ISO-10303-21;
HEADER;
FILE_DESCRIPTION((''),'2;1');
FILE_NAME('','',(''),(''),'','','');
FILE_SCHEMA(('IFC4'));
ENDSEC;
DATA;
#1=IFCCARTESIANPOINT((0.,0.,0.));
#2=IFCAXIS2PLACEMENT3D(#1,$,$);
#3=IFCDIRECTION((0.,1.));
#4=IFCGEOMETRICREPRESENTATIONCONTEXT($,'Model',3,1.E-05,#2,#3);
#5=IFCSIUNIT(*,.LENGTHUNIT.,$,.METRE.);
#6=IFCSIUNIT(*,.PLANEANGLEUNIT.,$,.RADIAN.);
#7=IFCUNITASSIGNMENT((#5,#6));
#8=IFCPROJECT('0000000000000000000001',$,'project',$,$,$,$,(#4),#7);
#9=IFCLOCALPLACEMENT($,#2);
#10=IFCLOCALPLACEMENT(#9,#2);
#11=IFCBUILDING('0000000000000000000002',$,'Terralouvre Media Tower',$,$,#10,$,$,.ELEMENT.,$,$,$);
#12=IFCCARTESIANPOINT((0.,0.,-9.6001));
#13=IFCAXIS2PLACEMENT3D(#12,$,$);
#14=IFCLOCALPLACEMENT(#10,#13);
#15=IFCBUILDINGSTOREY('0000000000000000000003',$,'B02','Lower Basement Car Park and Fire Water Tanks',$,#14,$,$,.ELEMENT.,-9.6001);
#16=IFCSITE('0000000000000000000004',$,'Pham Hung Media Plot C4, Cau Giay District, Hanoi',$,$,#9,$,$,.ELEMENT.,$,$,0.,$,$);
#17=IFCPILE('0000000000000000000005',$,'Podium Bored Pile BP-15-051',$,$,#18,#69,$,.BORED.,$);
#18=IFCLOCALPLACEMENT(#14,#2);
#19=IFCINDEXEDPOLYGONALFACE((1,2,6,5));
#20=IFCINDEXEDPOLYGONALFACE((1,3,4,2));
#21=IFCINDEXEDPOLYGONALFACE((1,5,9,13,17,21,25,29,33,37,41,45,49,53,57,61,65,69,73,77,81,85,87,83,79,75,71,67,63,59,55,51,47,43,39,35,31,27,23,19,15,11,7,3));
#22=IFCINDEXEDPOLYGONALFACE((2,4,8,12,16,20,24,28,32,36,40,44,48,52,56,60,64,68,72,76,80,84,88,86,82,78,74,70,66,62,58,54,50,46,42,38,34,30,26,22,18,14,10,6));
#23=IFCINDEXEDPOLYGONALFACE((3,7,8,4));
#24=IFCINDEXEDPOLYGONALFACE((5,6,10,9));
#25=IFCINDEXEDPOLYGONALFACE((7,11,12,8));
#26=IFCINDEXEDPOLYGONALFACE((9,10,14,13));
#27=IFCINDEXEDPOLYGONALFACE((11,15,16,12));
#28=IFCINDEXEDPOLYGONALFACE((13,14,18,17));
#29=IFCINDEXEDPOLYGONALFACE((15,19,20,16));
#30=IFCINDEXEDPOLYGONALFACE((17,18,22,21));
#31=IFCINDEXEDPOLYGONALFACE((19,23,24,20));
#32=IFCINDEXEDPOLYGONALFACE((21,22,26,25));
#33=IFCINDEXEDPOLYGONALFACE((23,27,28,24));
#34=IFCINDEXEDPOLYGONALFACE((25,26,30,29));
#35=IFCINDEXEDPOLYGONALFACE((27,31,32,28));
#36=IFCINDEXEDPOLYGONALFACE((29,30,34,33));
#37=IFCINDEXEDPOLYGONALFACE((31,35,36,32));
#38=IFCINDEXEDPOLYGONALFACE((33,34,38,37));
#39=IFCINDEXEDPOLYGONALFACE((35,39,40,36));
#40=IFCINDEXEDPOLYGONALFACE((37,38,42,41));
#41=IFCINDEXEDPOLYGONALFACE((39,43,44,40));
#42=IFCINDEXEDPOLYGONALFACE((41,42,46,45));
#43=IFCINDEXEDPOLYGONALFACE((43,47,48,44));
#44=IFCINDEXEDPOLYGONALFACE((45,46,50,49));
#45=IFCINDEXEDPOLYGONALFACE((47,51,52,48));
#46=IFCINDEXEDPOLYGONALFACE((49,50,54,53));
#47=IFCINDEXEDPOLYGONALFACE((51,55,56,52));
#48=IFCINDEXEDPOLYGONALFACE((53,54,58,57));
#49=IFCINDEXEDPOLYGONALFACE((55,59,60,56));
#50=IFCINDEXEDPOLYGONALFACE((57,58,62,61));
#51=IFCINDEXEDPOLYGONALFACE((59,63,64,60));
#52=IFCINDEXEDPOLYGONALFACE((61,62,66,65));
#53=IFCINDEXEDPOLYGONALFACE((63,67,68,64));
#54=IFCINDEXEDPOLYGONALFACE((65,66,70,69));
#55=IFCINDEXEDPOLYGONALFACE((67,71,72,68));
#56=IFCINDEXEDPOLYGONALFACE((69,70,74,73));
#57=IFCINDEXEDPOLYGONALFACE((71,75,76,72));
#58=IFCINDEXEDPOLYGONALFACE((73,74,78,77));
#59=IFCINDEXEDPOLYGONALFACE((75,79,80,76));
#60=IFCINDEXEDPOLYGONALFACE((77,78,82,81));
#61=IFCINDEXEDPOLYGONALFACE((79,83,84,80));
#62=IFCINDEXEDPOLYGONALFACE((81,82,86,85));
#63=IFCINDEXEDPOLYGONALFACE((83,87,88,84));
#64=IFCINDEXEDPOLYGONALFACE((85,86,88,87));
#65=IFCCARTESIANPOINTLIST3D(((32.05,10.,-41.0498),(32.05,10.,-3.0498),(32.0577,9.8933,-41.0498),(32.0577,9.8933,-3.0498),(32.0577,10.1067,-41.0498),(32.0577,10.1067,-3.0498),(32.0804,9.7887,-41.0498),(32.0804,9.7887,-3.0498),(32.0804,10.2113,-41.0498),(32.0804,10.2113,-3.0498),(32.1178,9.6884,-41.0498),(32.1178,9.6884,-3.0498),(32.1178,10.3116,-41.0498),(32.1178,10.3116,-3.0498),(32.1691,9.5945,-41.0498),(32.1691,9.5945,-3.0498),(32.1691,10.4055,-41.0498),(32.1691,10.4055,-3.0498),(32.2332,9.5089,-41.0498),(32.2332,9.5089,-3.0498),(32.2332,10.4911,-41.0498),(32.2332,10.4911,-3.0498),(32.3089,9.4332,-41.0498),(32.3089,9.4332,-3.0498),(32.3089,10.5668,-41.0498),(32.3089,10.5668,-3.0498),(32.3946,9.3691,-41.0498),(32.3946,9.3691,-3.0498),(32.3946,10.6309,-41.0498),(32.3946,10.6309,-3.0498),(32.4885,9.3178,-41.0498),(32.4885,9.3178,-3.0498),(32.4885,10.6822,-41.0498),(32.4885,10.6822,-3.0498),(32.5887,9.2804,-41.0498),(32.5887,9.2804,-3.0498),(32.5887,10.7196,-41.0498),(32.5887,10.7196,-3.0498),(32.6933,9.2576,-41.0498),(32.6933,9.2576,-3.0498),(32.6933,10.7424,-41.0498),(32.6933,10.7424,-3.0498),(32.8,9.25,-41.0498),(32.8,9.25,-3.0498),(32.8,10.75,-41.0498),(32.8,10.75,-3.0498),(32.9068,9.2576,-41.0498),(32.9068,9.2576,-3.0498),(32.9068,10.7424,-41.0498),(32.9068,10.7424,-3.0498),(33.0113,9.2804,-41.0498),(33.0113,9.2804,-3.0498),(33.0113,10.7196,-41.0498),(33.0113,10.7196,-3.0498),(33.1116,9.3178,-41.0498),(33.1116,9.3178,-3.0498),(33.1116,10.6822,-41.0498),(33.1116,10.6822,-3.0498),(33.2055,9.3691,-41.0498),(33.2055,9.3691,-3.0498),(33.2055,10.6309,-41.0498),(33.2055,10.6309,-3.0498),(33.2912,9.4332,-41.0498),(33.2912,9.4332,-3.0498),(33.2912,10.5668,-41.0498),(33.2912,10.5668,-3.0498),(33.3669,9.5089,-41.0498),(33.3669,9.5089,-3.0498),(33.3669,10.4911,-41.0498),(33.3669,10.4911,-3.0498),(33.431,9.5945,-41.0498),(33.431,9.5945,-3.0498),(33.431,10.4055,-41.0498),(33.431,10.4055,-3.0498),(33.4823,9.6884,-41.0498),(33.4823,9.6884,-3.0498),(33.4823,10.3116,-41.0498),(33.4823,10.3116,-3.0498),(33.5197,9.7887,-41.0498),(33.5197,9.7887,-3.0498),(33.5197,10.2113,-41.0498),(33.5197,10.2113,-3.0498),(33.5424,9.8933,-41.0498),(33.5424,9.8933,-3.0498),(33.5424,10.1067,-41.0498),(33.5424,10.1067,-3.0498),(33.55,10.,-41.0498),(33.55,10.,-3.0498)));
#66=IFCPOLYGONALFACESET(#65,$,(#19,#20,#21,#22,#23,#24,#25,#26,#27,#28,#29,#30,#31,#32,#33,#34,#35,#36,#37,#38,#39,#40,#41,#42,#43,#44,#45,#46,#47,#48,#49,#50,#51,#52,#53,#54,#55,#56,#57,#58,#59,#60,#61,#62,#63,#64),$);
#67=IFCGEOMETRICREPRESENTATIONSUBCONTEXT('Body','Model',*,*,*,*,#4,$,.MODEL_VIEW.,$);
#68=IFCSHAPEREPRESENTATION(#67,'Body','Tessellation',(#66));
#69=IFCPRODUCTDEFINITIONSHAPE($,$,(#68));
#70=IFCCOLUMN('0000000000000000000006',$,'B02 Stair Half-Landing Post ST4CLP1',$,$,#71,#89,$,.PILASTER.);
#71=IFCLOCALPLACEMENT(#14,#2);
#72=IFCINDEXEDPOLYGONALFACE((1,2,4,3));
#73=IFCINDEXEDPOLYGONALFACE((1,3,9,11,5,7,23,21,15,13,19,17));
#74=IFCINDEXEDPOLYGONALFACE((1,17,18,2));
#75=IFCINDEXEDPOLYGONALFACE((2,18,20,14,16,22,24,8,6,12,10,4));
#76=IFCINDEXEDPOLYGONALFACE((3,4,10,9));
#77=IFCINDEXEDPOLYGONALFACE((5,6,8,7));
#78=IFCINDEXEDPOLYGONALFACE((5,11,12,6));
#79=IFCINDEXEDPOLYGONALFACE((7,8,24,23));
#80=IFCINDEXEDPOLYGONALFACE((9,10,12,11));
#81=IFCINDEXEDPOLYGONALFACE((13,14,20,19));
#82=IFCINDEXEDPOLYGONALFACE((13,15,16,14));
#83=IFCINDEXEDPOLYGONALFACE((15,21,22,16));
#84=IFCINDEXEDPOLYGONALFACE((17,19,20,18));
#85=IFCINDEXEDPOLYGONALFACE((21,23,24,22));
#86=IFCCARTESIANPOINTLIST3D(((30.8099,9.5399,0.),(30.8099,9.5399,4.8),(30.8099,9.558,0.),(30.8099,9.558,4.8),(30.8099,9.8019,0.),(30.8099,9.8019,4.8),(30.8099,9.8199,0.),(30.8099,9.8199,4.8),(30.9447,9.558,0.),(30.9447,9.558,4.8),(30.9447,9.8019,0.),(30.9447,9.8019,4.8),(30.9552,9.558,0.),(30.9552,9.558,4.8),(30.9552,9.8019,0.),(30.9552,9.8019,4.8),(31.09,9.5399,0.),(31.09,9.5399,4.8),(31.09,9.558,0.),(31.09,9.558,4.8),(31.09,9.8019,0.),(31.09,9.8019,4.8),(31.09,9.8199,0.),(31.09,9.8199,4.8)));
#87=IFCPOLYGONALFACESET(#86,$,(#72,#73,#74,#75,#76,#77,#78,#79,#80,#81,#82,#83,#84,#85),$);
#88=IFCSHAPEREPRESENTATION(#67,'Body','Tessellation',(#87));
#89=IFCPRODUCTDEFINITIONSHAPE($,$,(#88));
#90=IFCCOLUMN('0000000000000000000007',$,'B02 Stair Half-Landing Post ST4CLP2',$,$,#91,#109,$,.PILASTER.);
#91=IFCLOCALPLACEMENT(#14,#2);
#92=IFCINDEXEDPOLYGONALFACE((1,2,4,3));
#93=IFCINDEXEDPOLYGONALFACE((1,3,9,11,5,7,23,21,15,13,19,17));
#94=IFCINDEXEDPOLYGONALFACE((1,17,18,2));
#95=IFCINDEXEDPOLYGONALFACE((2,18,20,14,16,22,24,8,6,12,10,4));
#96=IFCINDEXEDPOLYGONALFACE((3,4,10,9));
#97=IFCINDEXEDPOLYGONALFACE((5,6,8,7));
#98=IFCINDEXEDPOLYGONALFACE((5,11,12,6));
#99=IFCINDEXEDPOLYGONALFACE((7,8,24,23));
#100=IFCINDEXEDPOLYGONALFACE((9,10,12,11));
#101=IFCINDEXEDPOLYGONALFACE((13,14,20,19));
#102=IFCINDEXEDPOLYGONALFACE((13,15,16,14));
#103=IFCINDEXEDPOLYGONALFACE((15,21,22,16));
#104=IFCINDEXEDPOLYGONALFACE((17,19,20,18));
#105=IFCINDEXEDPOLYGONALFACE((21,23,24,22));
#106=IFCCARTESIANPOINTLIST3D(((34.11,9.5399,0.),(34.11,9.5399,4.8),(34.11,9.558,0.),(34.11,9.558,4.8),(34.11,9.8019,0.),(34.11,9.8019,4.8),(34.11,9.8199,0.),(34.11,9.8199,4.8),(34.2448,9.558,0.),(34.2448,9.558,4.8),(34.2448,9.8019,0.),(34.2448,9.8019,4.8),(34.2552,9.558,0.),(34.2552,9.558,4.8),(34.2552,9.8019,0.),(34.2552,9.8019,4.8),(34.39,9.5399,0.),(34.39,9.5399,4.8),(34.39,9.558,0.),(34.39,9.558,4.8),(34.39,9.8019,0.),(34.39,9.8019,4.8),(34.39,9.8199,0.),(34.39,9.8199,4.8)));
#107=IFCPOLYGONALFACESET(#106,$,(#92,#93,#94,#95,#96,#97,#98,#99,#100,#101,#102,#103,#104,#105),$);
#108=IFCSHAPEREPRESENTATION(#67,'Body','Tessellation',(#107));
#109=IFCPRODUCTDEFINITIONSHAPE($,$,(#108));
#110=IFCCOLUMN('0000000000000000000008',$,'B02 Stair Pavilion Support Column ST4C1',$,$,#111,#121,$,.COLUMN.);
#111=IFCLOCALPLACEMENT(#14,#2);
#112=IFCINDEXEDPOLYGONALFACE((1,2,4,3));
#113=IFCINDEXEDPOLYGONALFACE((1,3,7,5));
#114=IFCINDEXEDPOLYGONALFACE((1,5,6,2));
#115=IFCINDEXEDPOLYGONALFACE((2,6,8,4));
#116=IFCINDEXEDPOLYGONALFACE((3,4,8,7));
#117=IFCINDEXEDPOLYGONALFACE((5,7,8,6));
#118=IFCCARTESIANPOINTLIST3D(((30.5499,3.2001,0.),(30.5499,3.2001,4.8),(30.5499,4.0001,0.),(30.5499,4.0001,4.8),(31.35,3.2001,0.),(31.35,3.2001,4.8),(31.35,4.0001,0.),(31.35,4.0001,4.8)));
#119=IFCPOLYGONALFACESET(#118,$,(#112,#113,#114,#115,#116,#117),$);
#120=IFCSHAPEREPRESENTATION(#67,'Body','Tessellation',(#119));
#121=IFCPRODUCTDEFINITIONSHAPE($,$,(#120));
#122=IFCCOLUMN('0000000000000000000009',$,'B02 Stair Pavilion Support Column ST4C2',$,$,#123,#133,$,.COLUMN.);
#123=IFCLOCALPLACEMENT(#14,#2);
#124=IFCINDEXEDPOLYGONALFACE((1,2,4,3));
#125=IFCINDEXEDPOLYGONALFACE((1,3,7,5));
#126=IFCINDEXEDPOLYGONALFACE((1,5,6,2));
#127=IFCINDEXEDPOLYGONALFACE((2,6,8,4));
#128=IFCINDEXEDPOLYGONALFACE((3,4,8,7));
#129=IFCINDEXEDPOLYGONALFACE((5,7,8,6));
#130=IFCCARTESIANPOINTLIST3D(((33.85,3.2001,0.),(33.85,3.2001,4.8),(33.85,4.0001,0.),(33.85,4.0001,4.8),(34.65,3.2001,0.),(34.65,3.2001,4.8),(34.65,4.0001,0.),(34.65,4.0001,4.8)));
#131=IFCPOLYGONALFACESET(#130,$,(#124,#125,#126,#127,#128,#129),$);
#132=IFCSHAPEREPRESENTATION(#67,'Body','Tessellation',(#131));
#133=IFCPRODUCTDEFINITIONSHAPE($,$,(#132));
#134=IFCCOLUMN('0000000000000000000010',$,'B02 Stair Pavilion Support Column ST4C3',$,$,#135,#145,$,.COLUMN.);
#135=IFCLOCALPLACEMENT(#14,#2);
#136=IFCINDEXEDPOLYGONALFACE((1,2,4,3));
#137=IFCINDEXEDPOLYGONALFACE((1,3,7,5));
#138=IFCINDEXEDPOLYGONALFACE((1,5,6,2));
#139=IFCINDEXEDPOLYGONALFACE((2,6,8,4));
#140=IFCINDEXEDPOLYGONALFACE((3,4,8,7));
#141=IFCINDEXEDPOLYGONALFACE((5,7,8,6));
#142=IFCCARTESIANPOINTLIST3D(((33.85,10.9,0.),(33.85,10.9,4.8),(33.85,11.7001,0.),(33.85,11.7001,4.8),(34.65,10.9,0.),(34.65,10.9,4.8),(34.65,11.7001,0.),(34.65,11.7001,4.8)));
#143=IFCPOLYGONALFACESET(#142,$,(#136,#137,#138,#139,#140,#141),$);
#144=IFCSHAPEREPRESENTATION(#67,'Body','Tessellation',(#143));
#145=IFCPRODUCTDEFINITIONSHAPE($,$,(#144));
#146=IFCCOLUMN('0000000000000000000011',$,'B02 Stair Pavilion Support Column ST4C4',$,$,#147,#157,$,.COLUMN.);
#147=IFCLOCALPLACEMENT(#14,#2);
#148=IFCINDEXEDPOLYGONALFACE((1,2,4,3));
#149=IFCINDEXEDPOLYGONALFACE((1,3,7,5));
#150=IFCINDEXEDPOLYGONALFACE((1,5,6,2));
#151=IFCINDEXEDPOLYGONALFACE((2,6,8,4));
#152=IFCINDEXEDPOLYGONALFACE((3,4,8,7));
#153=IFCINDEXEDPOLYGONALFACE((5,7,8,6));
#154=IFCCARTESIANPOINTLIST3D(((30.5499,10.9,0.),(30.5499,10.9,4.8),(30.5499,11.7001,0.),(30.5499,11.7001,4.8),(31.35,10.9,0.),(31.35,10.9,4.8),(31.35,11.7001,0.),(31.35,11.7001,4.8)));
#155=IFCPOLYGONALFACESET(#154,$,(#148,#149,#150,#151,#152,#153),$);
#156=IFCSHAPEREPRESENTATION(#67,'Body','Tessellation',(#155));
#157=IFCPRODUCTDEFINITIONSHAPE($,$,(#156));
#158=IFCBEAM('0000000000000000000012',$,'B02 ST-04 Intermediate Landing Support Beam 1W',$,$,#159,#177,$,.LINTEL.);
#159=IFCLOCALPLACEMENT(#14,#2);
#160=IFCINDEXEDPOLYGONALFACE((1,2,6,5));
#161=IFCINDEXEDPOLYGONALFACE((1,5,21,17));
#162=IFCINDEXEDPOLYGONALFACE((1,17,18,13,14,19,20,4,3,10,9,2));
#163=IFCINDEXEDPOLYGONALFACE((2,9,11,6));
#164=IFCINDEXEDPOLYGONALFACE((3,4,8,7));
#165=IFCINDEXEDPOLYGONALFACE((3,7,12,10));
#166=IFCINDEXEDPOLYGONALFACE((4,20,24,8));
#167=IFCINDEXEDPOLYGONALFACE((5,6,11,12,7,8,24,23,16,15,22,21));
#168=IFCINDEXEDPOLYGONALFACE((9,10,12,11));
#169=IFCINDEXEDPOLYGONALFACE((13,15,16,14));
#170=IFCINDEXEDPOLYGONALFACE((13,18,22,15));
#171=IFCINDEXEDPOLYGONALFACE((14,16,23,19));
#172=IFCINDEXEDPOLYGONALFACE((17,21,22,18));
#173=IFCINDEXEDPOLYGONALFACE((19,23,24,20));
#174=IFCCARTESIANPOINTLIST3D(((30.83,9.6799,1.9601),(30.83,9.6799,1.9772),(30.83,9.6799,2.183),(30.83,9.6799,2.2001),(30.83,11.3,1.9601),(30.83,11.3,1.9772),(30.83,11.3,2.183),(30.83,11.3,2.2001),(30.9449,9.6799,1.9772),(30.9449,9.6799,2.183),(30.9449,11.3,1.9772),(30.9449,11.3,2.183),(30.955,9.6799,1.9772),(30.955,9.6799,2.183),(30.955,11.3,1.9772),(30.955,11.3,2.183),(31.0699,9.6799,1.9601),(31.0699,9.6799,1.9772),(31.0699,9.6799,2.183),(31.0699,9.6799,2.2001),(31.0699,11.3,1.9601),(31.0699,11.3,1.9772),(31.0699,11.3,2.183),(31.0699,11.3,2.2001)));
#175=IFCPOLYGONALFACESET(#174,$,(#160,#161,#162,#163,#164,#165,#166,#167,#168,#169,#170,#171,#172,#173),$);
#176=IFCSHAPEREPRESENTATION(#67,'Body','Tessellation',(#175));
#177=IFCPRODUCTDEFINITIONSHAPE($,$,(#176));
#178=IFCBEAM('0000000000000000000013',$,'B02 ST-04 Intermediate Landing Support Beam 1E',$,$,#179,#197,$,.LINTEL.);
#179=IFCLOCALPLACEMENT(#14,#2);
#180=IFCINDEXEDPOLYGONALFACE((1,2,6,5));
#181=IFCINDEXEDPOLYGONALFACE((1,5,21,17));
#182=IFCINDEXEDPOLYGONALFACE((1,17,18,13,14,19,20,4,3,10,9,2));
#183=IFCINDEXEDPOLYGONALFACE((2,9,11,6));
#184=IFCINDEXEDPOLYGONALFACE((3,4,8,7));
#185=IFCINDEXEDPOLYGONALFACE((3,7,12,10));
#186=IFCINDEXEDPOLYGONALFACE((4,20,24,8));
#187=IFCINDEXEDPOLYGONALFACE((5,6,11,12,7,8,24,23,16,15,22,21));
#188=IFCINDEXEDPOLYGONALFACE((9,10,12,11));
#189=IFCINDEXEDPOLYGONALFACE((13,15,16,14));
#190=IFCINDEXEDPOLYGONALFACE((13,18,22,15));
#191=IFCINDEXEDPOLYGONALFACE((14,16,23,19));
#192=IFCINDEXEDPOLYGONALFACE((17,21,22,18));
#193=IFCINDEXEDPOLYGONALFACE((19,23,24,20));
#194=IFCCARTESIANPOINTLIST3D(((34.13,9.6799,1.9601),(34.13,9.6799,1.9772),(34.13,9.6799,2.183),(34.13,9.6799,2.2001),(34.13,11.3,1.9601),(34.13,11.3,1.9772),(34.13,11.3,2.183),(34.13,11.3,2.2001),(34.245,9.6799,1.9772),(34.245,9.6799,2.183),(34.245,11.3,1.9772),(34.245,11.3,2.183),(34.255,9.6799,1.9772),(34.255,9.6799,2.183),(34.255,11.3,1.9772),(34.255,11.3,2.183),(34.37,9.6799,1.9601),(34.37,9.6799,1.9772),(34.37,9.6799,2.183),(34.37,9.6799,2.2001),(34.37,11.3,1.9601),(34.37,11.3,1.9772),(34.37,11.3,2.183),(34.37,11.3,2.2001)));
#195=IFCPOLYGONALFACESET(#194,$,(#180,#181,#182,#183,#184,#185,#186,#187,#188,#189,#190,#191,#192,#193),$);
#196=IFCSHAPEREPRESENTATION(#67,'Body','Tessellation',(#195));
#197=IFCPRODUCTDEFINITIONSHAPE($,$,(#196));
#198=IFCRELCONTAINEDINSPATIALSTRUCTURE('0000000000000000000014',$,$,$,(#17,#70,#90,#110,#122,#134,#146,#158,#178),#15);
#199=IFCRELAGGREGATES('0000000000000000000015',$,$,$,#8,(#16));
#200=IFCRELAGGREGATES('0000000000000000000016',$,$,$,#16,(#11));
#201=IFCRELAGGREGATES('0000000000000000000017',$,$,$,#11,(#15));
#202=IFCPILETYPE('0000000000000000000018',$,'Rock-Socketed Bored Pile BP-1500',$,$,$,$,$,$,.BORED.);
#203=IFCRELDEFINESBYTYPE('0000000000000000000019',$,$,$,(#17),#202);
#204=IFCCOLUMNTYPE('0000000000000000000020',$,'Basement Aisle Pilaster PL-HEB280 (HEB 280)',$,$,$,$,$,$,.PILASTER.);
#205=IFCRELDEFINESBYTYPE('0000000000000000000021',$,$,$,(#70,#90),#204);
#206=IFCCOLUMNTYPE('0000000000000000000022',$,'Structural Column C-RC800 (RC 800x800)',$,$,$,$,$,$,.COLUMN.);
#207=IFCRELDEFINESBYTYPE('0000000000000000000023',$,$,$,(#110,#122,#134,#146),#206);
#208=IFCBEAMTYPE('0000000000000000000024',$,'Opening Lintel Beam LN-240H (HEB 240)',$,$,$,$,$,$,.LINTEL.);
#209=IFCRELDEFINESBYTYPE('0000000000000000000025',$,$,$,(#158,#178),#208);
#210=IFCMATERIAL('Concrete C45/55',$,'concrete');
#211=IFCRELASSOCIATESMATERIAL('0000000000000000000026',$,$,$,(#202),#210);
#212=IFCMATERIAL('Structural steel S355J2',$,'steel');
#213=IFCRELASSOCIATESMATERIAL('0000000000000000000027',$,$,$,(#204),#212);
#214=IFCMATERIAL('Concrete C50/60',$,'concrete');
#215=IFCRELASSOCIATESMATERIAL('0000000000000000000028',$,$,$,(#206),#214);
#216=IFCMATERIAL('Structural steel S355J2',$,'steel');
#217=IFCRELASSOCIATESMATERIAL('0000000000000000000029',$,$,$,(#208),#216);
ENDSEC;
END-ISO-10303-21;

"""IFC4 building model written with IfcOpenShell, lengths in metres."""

from ifc_helpers import new_model, si_unit, direction, frame, origin, origin_2d, place, context, subcontext, project, spatial, rectangle, circle, i_section, extrude, material, material_profile, profile_set, type_object, element, save


model = new_model("IFC4")

# Units and contexts
model_context = context("Model", 3, precision=1e-05, world=origin(), true_north=direction((0.0, 1.0)))
body_context = subcontext(model_context, "Body", "Model", "MODEL_VIEW")
ifc_project = project(units=[si_unit("LENGTHUNIT", "METRE"), si_unit("PLANEANGLEUNIT", "RADIAN")], contexts=[model_context])

# Site, building, storey
site_placement = place(None, origin())
site = spatial("IfcSite", under=ifc_project, at=site_placement, Name="Pham Hung Media Plot C4, Cau Giay District, Hanoi", CompositionType="ELEMENT", RefElevation=0.0)
building_placement = place(site_placement, origin())
building = spatial("IfcBuilding", under=site, at=building_placement, Name="Terralouvre Media Tower", CompositionType="ELEMENT")
storey_placement = place(building_placement, frame((0.0, 0.0, -9.6001)))
storey = spatial("IfcBuildingStorey", under=building, at=storey_placement, Name="B02", Description="Lower Basement Car Park and Fire Water Tanks", CompositionType="ELEMENT", Elevation=-9.6001)

# Pile
ifc_material_1 = material(Name="Concrete C45/55", Category="concrete")
ifc_material_profile_1 = material_profile(ifc_material_1, circle(Radius=0.75, at=origin_2d()), Name="BORED PILE 1500")
ifc_profile_set_1 = profile_set([ifc_material_profile_1], Name="Concrete C45/55")
pile_type = type_object("IfcPileType", Name="Rock-Socketed Bored Pile BP-1500", PredefinedType="BORED", material=ifc_profile_set_1)
for number, where, z_axis, x_axis, name in (
    (1, (32.8, 10.0, -3.0498), (0.0, 0.0, -1.0), (1.0, 0.0, 0.0), "Podium Bored Pile BP-15-051"),
):
    element("IfcPile", number, at=place(storey_placement, frame(where, z_axis=z_axis, x_axis=x_axis)), inside=storey, type_object=pile_type, Name=name, PredefinedType="BORED", context=body_context, shape_type="SweptSolid", body=[
        extrude(circle(Radius=0.75, at=origin_2d()), origin(), (0.0, 0.0, 1.0), 38.0),
    ])

# Columns
ifc_material_2 = material(Name="Structural steel S355J2", Category="steel")
ifc_material_profile_2 = material_profile(ifc_material_2, i_section(OverallWidth=0.28, OverallDepth=0.28, WebThickness=0.0105, FlangeThickness=0.0181, at=origin_2d()), Name="HEB 280")
ifc_profile_set_2 = profile_set([ifc_material_profile_2], Name="Structural steel S355J2")
column_type_1 = type_object("IfcColumnType", Name="Basement Aisle Pilaster PL-HEB280 (HEB 280)", PredefinedType="PILASTER", material=ifc_profile_set_2)
for number, where, z_axis, x_axis, name in (
    (2, (30.95, 9.6799, 0.0), (0.0, 0.0, 1.0), (1.0, 0.0, 0.0), "B02 Stair Half-Landing Post ST4CLP1"),
    (3, (34.25, 9.6799, 0.0), (0.0, 0.0, 1.0), (1.0, 0.0, 0.0), "B02 Stair Half-Landing Post ST4CLP2"),
):
    element("IfcColumn", number, at=place(storey_placement, frame(where, z_axis=z_axis, x_axis=x_axis)), inside=storey, type_object=column_type_1, Name=name, PredefinedType="PILASTER", context=body_context, shape_type="SweptSolid", body=[
        extrude(i_section(OverallWidth=0.28, OverallDepth=0.28, WebThickness=0.0105, FlangeThickness=0.0181, at=origin_2d()), origin(), (0.0, 0.0, 1.0), 4.8),
    ])
ifc_material_3 = material(Name="Concrete C50/60", Category="concrete")
ifc_material_profile_3 = material_profile(ifc_material_3, rectangle(XDim=0.8, YDim=0.8, at=origin_2d()), Name="RC 800x800")
ifc_profile_set_3 = profile_set([ifc_material_profile_3], Name="Concrete C50/60")
column_type_2 = type_object("IfcColumnType", Name="Structural Column C-RC800 (RC 800x800)", PredefinedType="COLUMN", material=ifc_profile_set_3)
for number, where, z_axis, x_axis, name in (
    (4, (30.95, 3.6001, 0.0), (0.0, 0.0, 1.0), (1.0, 0.0, 0.0), "B02 Stair Pavilion Support Column ST4C1"),
    (5, (34.25, 3.6001, 0.0), (0.0, 0.0, 1.0), (1.0, 0.0, 0.0), "B02 Stair Pavilion Support Column ST4C2"),
    (6, (34.25, 11.3, 0.0), (0.0, 0.0, 1.0), (1.0, 0.0, 0.0), "B02 Stair Pavilion Support Column ST4C3"),
    (7, (30.95, 11.3, 0.0), (0.0, 0.0, 1.0), (1.0, 0.0, 0.0), "B02 Stair Pavilion Support Column ST4C4"),
):
    element("IfcColumn", number, at=place(storey_placement, frame(where, z_axis=z_axis, x_axis=x_axis)), inside=storey, type_object=column_type_2, Name=name, PredefinedType="COLUMN", context=body_context, shape_type="SweptSolid", body=[
        extrude(rectangle(XDim=0.8, YDim=0.8, at=origin_2d()), origin(), (0.0, 0.0, 1.0), 4.8),
    ])

# Beams
ifc_material_4 = material(Name="Structural steel S355J2", Category="steel")
ifc_material_profile_4 = material_profile(ifc_material_4, i_section(OverallWidth=0.24, OverallDepth=0.24, WebThickness=0.01, FlangeThickness=0.0171, at=origin_2d()), Name="HEB 240")
ifc_profile_set_4 = profile_set([ifc_material_profile_4], Name="Structural steel S355J2")
beam_type_1 = type_object("IfcBeamType", Name="Opening Lintel Beam LN-240H (HEB 240)", PredefinedType="LINTEL", material=ifc_profile_set_4)
for number, where, z_axis, x_axis, name in (
    (8, (30.95, 9.6799, 2.0801), (0.0, 1.0, 0.0), (-1.0, 0.0, 0.0), "B02 ST-04 Intermediate Landing Support Beam 1W"),
    (9, (34.25, 9.6799, 2.0801), (0.0, 1.0, 0.0), (-1.0, 0.0, 0.0), "B02 ST-04 Intermediate Landing Support Beam 1E"),
):
    element("IfcBeam", number, at=place(storey_placement, frame(where, z_axis=z_axis, x_axis=x_axis)), inside=storey, type_object=beam_type_1, Name=name, PredefinedType="LINTEL", context=body_context, shape_type="SweptSolid", body=[
        extrude(i_section(OverallWidth=0.24, OverallDepth=0.24, WebThickness=0.01, FlangeThickness=0.0171, at=origin_2d()), origin(), (0.0, 0.0, 1.0), 1.6201),
    ])

save(model, "model.ifc")
